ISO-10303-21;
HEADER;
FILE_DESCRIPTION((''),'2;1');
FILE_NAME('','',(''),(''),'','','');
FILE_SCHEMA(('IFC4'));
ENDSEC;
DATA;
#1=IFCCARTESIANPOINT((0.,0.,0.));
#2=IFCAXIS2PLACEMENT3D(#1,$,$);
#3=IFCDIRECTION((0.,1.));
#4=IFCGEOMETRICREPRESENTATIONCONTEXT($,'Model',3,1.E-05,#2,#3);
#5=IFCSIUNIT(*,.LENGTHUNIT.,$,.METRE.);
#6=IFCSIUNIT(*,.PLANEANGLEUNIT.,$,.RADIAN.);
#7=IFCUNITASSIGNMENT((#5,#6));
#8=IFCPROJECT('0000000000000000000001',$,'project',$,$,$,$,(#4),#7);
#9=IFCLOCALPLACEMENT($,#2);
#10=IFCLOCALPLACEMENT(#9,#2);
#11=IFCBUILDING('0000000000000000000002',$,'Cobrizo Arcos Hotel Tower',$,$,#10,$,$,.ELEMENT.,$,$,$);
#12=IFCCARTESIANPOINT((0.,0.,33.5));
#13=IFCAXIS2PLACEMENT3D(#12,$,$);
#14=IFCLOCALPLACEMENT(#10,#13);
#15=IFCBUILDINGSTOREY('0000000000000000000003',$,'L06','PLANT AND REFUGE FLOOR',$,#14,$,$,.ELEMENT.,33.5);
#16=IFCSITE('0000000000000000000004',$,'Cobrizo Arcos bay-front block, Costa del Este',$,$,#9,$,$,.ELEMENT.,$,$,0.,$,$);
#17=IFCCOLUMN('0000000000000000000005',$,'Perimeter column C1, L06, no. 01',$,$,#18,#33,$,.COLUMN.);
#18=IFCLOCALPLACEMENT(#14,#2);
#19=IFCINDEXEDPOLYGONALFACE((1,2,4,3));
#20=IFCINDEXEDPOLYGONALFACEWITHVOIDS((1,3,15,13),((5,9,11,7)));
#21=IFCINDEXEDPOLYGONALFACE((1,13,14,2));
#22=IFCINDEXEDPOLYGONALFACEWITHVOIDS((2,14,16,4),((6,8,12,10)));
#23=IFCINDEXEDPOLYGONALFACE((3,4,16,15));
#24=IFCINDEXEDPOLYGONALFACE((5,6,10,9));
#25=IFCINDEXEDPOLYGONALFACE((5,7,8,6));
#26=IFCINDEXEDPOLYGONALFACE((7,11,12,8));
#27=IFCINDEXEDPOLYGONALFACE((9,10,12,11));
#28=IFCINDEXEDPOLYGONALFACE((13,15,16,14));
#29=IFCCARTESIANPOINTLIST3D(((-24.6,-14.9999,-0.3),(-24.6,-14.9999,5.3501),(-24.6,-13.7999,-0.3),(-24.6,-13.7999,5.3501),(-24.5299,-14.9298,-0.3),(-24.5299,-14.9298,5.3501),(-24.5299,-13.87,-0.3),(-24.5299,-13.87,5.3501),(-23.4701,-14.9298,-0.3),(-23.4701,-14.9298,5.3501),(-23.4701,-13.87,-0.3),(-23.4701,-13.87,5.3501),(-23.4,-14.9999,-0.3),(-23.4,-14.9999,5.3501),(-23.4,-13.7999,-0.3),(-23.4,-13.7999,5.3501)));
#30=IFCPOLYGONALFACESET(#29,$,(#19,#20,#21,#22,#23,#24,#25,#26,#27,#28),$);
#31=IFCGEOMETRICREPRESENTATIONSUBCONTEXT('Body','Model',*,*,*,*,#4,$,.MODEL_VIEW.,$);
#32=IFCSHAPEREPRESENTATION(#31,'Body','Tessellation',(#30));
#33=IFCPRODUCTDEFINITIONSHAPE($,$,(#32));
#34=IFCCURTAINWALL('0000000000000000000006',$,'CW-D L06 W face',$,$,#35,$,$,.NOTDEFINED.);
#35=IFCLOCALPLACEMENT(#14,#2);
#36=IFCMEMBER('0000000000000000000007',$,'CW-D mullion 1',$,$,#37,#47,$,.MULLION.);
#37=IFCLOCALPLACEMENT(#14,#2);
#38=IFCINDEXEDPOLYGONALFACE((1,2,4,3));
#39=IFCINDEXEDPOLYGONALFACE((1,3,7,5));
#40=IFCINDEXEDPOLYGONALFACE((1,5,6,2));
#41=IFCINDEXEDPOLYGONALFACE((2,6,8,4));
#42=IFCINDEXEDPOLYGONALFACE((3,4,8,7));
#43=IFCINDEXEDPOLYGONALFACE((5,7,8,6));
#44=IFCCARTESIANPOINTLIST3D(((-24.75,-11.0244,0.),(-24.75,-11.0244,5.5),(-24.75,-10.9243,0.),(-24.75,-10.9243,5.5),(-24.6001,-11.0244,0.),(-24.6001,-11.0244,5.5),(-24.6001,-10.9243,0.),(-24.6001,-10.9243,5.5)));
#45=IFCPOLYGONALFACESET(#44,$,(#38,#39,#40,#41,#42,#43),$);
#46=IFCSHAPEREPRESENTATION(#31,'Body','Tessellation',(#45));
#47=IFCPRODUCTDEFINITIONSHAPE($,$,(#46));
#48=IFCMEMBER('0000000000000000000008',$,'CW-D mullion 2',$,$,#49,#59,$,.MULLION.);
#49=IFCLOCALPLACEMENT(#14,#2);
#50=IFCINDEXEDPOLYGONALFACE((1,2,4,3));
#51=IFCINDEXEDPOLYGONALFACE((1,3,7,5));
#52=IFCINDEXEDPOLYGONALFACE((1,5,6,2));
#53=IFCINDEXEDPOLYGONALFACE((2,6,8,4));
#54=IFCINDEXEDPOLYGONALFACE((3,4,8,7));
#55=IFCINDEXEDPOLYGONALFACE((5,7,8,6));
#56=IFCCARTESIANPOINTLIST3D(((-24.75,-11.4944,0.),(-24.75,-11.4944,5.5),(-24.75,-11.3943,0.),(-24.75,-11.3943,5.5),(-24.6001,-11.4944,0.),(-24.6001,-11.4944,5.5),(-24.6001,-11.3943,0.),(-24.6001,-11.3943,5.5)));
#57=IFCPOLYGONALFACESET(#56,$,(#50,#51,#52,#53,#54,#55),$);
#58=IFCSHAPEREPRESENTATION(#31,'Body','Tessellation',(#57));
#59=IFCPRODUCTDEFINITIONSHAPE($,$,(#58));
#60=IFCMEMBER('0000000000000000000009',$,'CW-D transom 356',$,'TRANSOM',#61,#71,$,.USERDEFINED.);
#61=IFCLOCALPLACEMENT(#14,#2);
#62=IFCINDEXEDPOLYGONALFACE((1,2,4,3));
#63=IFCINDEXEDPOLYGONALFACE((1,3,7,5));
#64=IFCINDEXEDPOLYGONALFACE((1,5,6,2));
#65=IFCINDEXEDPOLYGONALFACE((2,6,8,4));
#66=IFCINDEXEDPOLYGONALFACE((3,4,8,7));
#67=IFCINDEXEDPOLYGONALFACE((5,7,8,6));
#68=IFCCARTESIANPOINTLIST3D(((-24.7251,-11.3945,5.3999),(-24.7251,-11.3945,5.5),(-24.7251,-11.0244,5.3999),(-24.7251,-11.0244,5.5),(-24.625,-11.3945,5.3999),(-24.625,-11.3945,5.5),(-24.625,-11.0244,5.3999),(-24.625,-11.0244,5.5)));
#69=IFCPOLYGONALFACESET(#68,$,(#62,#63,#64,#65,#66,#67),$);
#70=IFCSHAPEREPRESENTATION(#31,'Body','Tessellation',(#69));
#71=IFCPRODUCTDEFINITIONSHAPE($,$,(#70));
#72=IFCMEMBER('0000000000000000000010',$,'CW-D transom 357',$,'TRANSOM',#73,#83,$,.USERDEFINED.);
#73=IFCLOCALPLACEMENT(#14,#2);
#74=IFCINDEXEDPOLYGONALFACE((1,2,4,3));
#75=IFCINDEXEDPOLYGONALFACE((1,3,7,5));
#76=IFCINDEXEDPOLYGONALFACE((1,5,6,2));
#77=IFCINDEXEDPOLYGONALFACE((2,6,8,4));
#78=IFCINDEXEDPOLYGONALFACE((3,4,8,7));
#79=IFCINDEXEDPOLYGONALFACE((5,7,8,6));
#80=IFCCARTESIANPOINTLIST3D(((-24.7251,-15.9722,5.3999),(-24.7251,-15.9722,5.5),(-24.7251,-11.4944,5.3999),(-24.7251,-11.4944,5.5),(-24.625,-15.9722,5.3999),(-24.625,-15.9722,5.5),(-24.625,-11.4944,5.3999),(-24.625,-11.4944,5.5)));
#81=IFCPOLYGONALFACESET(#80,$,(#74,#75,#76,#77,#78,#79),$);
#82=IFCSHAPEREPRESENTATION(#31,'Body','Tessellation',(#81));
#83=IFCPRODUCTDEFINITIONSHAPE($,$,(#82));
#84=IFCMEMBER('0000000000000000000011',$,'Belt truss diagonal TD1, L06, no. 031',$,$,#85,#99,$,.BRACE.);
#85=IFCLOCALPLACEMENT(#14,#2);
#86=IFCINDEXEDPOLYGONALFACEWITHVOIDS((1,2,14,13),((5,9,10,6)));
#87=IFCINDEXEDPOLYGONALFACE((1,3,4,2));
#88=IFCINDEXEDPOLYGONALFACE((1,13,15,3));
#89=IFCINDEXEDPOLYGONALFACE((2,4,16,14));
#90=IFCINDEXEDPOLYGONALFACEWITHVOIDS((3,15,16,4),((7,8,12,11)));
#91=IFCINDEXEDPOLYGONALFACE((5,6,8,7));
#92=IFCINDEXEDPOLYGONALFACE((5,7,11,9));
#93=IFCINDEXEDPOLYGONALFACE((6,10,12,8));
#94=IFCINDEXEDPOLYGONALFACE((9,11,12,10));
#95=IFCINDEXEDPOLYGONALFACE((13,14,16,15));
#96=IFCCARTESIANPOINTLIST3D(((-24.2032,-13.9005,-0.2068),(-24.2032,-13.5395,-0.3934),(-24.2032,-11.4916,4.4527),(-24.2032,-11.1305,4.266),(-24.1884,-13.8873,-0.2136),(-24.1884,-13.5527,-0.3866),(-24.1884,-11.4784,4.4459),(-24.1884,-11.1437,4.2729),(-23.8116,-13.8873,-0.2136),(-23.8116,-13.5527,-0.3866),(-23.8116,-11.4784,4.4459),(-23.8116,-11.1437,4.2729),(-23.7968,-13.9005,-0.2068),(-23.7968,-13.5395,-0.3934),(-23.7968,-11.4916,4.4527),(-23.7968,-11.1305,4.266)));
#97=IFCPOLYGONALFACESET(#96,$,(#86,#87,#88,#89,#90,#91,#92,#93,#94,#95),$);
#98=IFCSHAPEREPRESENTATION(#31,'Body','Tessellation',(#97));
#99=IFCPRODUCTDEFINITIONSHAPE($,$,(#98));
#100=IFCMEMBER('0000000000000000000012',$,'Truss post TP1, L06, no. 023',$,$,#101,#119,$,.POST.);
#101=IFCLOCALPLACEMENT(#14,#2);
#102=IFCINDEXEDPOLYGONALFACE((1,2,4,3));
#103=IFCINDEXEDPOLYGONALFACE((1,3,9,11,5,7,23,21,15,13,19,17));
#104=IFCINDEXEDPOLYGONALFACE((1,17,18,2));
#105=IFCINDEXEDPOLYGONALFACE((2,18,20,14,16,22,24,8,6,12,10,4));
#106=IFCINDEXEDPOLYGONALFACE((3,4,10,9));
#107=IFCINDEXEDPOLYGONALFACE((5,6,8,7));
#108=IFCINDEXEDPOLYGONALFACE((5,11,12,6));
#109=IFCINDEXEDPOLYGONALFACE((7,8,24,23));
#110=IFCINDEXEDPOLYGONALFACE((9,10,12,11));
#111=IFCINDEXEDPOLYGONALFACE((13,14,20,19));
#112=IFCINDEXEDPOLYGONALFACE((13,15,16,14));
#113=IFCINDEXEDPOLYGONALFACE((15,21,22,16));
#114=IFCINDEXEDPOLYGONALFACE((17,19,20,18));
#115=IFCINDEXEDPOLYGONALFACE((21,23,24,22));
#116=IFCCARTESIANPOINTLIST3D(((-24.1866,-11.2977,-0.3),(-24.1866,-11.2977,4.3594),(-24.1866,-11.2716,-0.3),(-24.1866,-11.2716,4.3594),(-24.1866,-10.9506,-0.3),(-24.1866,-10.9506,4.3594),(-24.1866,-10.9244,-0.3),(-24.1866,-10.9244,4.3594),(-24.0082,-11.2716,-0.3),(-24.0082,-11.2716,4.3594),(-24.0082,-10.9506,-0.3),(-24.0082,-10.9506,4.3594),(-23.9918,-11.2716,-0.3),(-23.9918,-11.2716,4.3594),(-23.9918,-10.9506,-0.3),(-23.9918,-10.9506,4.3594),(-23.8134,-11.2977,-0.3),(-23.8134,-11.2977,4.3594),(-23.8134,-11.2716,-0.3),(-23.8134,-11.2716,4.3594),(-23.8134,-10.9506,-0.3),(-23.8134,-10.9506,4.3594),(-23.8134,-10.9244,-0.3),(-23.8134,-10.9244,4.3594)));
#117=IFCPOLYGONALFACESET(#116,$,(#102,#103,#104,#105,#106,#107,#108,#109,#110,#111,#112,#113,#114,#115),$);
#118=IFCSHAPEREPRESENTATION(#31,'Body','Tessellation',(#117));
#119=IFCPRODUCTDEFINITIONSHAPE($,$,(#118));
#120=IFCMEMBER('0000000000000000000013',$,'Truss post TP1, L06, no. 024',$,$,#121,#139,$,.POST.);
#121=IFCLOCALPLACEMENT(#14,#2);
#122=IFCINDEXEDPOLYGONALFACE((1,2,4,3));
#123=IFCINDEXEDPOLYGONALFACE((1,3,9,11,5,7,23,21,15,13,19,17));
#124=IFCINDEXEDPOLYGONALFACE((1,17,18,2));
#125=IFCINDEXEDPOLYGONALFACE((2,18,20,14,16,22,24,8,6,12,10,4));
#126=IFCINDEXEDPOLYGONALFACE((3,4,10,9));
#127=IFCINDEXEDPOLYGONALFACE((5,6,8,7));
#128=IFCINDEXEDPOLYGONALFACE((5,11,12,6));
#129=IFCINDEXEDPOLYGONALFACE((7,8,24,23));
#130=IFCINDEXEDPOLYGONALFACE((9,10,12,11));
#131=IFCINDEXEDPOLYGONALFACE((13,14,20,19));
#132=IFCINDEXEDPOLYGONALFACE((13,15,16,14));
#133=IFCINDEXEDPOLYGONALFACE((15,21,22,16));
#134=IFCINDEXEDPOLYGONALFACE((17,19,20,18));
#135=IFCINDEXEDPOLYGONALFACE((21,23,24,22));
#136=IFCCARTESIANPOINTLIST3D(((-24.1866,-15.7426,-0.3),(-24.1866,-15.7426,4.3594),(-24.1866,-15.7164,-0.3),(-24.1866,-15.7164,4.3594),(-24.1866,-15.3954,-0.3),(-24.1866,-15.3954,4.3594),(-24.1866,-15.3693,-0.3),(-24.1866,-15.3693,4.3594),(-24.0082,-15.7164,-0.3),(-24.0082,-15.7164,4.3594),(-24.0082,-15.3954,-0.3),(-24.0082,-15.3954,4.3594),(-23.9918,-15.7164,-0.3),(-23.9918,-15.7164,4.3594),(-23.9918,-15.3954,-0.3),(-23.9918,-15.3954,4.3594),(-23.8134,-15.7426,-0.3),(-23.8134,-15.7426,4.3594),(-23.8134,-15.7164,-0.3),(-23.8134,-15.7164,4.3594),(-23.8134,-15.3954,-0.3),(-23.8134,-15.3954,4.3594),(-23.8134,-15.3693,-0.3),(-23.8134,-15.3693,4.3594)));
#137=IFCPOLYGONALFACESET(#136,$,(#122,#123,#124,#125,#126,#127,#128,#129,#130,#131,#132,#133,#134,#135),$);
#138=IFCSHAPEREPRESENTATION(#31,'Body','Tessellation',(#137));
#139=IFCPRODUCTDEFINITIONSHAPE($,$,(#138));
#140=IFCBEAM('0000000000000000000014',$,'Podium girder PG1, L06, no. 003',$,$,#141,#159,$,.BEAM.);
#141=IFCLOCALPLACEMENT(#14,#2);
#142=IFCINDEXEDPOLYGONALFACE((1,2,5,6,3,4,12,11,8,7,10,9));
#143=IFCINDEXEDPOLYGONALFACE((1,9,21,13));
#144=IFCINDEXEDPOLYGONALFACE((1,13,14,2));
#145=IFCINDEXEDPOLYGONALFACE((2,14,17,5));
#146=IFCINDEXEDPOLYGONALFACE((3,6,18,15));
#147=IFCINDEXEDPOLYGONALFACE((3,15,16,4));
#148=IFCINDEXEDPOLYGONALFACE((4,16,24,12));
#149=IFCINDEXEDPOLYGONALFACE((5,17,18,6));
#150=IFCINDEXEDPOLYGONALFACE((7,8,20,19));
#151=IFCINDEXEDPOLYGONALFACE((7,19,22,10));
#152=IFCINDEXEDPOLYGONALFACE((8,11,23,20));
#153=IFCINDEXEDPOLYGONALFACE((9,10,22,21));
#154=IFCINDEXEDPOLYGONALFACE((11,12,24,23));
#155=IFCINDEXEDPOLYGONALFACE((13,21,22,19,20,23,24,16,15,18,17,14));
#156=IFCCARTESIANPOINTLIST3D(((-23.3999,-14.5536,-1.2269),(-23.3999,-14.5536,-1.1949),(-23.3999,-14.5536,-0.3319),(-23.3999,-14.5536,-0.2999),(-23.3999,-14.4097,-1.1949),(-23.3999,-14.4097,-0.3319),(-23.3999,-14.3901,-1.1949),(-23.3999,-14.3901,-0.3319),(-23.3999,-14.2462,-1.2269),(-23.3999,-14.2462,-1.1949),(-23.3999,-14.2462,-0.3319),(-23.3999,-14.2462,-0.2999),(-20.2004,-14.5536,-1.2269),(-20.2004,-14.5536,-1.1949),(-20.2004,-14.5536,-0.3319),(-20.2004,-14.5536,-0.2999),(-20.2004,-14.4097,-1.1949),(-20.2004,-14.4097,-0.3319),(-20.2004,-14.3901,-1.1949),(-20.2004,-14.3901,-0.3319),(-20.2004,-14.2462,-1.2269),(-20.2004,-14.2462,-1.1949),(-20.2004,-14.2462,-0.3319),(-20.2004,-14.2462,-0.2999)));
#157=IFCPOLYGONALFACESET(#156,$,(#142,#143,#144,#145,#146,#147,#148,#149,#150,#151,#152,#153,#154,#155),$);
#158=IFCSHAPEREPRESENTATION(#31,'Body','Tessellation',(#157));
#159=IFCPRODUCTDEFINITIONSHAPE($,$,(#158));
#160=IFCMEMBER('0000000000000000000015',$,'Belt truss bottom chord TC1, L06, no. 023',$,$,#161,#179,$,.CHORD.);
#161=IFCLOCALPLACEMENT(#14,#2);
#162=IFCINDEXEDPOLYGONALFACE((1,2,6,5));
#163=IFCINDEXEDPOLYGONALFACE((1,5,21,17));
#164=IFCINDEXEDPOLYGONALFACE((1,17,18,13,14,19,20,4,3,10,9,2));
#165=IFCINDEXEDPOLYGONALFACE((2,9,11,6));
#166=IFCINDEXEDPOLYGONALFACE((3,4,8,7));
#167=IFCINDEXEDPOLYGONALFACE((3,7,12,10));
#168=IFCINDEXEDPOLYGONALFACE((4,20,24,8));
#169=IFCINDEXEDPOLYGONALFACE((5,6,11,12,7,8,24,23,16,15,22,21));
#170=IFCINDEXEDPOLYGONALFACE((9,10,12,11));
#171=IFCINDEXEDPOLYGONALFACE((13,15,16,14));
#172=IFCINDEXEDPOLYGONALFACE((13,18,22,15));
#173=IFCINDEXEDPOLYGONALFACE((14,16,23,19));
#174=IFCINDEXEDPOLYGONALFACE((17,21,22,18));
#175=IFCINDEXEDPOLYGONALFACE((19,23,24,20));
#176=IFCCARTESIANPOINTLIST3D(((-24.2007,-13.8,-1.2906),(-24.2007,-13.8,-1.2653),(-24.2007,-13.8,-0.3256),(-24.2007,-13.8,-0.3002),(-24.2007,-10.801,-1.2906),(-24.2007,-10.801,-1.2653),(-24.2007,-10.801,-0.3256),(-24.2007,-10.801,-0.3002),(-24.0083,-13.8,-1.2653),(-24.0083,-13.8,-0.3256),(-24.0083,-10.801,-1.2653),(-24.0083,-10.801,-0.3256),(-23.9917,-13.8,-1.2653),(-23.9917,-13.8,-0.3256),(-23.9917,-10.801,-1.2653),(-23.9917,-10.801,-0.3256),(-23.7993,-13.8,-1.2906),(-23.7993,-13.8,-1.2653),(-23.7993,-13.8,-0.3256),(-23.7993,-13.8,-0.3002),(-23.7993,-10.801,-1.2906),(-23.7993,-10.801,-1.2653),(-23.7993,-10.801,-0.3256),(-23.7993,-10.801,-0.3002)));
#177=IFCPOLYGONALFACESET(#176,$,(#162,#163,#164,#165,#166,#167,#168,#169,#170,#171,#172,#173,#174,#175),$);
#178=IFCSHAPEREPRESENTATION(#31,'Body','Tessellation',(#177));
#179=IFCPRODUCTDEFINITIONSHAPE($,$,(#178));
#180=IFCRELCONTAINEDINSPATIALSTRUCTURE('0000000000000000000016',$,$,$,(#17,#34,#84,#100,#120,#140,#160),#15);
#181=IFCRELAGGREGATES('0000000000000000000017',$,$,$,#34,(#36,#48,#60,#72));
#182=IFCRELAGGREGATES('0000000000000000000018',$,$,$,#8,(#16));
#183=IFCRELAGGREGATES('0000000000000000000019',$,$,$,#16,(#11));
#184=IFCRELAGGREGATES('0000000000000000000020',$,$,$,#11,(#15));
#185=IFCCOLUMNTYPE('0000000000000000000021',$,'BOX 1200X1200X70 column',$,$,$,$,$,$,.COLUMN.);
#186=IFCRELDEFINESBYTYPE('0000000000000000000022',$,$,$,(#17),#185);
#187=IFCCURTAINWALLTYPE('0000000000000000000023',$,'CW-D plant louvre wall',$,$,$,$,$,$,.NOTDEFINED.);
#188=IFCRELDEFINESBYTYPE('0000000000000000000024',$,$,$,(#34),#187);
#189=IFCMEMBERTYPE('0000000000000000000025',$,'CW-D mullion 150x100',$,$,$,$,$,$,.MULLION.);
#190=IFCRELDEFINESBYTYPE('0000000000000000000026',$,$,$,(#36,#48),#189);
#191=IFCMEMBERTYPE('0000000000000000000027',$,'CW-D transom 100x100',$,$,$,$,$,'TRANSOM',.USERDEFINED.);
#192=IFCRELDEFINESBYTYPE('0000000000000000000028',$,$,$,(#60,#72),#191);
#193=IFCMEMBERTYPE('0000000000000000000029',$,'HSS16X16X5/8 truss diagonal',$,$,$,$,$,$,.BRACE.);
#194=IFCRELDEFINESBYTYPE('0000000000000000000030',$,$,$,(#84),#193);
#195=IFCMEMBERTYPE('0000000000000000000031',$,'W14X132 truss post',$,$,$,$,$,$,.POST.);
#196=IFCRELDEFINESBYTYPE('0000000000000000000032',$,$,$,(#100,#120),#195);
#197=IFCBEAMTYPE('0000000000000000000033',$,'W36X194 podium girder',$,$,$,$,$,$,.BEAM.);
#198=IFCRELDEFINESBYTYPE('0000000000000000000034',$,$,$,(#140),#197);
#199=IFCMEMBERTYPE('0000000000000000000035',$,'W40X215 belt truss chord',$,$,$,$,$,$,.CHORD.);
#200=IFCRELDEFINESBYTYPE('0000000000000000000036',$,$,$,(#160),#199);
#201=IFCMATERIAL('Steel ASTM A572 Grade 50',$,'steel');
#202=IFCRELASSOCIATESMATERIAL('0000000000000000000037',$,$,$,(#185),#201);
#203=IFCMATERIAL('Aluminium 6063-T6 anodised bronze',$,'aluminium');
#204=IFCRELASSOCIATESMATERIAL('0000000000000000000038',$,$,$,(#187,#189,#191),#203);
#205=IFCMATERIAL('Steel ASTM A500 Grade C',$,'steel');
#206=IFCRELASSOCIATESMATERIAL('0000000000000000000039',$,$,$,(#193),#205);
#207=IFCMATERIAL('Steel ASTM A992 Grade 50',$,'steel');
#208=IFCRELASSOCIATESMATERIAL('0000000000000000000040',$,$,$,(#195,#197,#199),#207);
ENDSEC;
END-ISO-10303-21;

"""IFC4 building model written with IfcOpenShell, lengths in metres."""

from ifc_helpers import new_model, si_unit, direction, frame, origin, origin_2d, place, context, subcontext, project, spatial, rectangle, hollow_rectangle, i_section, extrude, material, material_profile, profile_set, type_object, element, aggregate, save


model = new_model("IFC4")

# Units and contexts
model_context = context("Model", 3, precision=1e-05, world=origin(), true_north=direction((0.0, 1.0)))
body_context = subcontext(model_context, "Body", "Model", "MODEL_VIEW")
ifc_project = project(units=[si_unit("LENGTHUNIT", "METRE"), si_unit("PLANEANGLEUNIT", "RADIAN")], contexts=[model_context])

# Site, building, storey
site_placement = place(None, origin())
site = spatial("IfcSite", under=ifc_project, at=site_placement, Name="Cobrizo Arcos bay-front block, Costa del Este", CompositionType="ELEMENT", RefElevation=0.0)
building_placement = place(site_placement, origin())
building = spatial("IfcBuilding", under=site, at=building_placement, Name="Cobrizo Arcos Hotel Tower", CompositionType="ELEMENT")
storey_placement = place(building_placement, frame((0.0, 0.0, 33.5)))
storey = spatial("IfcBuildingStorey", under=building, at=storey_placement, Name="L06", Description="PLANT AND REFUGE FLOOR", CompositionType="ELEMENT", Elevation=33.5)

# Column
ifc_material_1 = material(Name="Steel ASTM A572 Grade 50", Category="steel")
ifc_material_profile_1 = material_profile(ifc_material_1, hollow_rectangle(XDim=1.2, YDim=1.2, WallThickness=0.0701, at=origin_2d()), Name="BOX 1200X1200X70")
ifc_profile_set_1 = profile_set([ifc_material_profile_1], Name="Steel ASTM A572 Grade 50")
column_type = type_object("IfcColumnType", Name="BOX 1200X1200X70 column", PredefinedType="COLUMN", material=ifc_profile_set_1)
column_placement = place(storey_placement, frame((-24.0, -14.3999, -0.3), z_axis=(0.0, 0.0, 1.0), x_axis=(1.0, 0.0, 0.0)))
element("IfcColumn", 1, at=column_placement, inside=storey, type_object=column_type, Name="Perimeter column C1, L06, no. 01", PredefinedType="COLUMN", context=body_context, shape_type="SweptSolid", body=[
    extrude(hollow_rectangle(XDim=1.2, YDim=1.2, WallThickness=0.0701, at=origin_2d()), origin(), (0.0, 0.0, 1.0), 5.6501),
])

# Curtain wall, members
ifc_material_2 = material(Name="Aluminium 6063-T6 anodised bronze", Category="aluminium")
curtain_wall_type = type_object("IfcCurtainWallType", Name="CW-D plant louvre wall", PredefinedType="NOTDEFINED", material=ifc_material_2)
curtain_wall_placement = place(storey_placement, origin())
curtain_wall = element("IfcCurtainWall", 2, at=curtain_wall_placement, inside=storey, type_object=curtain_wall_type, Name="CW-D L06 W face", PredefinedType="NOTDEFINED")
ifc_material_profile_2 = material_profile(ifc_material_2, rectangle(XDim=0.1499, YDim=0.1001, at=origin_2d()), Name="CW-D mullion 150x100")
ifc_profile_set_2 = profile_set([ifc_material_profile_2], Name="Aluminium 6063-T6 anodised bronze")
member_type_1 = type_object("IfcMemberType", Name="CW-D mullion 150x100", PredefinedType="MULLION", material=ifc_profile_set_2)
member_1_placement = place(storey_placement, frame((-24.675, -10.9744, 0.0), z_axis=(0.0, 0.0, 1.0), x_axis=(-1.0, 0.0, 0.0)))
member_1 = element("IfcMember", 3, at=member_1_placement, type_object=member_type_1, Name="CW-D mullion 1", PredefinedType="MULLION", context=body_context, shape_type="SweptSolid", body=[
    extrude(rectangle(XDim=0.1499, YDim=0.1001, at=origin_2d()), origin(), (0.0, 0.0, 1.0), 5.5),
])
member_2_placement = place(storey_placement, frame((-24.675, -11.4443, 0.0), z_axis=(0.0, 0.0, 1.0), x_axis=(-1.0, 0.0, 0.0)))
member_2 = element("IfcMember", 4, at=member_2_placement, type_object=member_type_1, Name="CW-D mullion 2", PredefinedType="MULLION", context=body_context, shape_type="SweptSolid", body=[
    extrude(rectangle(XDim=0.1499, YDim=0.1001, at=origin_2d()), origin(), (0.0, 0.0, 1.0), 5.5),
])
ifc_material_profile_3 = material_profile(ifc_material_2, rectangle(XDim=0.1001, YDim=0.1001, at=origin_2d()), Name="CW-D transom 100x100")
ifc_profile_set_3 = profile_set([ifc_material_profile_3], Name="Aluminium 6063-T6 anodised bronze")
member_type_2 = type_object("IfcMemberType", Name="CW-D transom 100x100", ElementType="TRANSOM", PredefinedType="USERDEFINED", material=ifc_profile_set_3)
member_3_placement = place(storey_placement, frame((-24.675, -11.0244, 5.45), z_axis=(0.0, -1.0, 0.0), x_axis=(1.0, 0.0, 0.0)))
member_3 = element("IfcMember", 5, at=member_3_placement, type_object=member_type_2, Name="CW-D transom 356", ObjectType="TRANSOM", PredefinedType="USERDEFINED", context=body_context, shape_type="SweptSolid", body=[
    extrude(rectangle(XDim=0.1001, YDim=0.1001, at=origin_2d()), origin(), (0.0, 0.0, 1.0), 0.3701),
])
member_4_placement = place(storey_placement, frame((-24.675, -11.4944, 5.45), z_axis=(0.0, -1.0, 0.0), x_axis=(1.0, 0.0, 0.0)))
member_4 = element("IfcMember", 6, at=member_4_placement, type_object=member_type_2, Name="CW-D transom 357", ObjectType="TRANSOM", PredefinedType="USERDEFINED", context=body_context, shape_type="SweptSolid", body=[
    extrude(rectangle(XDim=0.1001, YDim=0.1001, at=origin_2d()), origin(), (0.0, 0.0, 1.0), 4.4778),
])

# Members
ifc_material_3 = material(Name="Steel ASTM A500 Grade C", Category="steel")
ifc_material_profile_4 = material_profile(ifc_material_3, hollow_rectangle(XDim=0.4065, YDim=0.4065, WallThickness=0.0149, at=origin_2d()), Name="HSS16X16X5/8")
ifc_profile_set_4 = profile_set([ifc_material_profile_4], Name="Steel ASTM A500 Grade C")
member_type_3 = type_object("IfcMemberType", Name="HSS16X16X5/8 truss diagonal", PredefinedType="BRACE", material=ifc_profile_set_4)
member_5_placement = place(storey_placement, frame((-24.0, -11.311, 4.3594), z_axis=(0.0, -0.459256, -0.888304), x_axis=(1.0, 0.0, 0.0)))
element("IfcMember", 7, at=member_5_placement, inside=storey, type_object=member_type_3, Name="Belt truss diagonal TD1, L06, no. 031", PredefinedType="BRACE", context=body_context, shape_type="SweptSolid", body=[
    extrude(hollow_rectangle(XDim=0.4065, YDim=0.4065, WallThickness=0.0149, at=origin_2d()), origin(), (0.0, 0.0, 1.0), 5.2454),
])
ifc_material_4 = material(Name="Steel ASTM A992 Grade 50", Category="steel")
ifc_material_profile_5 = material_profile(ifc_material_4, i_section(OverallWidth=0.3733, OverallDepth=0.3733, WebThickness=0.0164, FlangeThickness=0.0261, at=origin_2d()), Name="W14X132")
ifc_profile_set_5 = profile_set([ifc_material_profile_5], Name="Steel ASTM A992 Grade 50")
member_type_4 = type_object("IfcMemberType", Name="W14X132 truss post", PredefinedType="POST", material=ifc_profile_set_5)
for number, where, z_axis, x_axis, name in (
    (8, (-24.0, -11.1111, -0.3), (0.0, 0.0, 1.0), (1.0, 0.0, 0.0), "Truss post TP1, L06, no. 023"),
    (9, (-24.0, -15.5559, -0.3), (0.0, 0.0, 1.0), (1.0, 0.0, 0.0), "Truss post TP1, L06, no. 024"),
):
    element("IfcMember", number, at=place(storey_placement, frame(where, z_axis=z_axis, x_axis=x_axis)), inside=storey, type_object=member_type_4, Name=name, PredefinedType="POST", context=body_context, shape_type="SweptSolid", body=[
        extrude(i_section(OverallWidth=0.3733, OverallDepth=0.3733, WebThickness=0.0164, FlangeThickness=0.0261, at=origin_2d()), origin(), (0.0, 0.0, 1.0), 4.6594),
    ])

# Beam
ifc_material_profile_6 = material_profile(ifc_material_4, i_section(OverallWidth=0.3074, OverallDepth=0.927, WebThickness=0.0195, FlangeThickness=0.032, at=origin_2d()), Name="W36X194")
ifc_profile_set_6 = profile_set([ifc_material_profile_6], Name="Steel ASTM A992 Grade 50")
beam_type = type_object("IfcBeamType", Name="W36X194 podium girder", PredefinedType="BEAM", material=ifc_profile_set_6)
beam_placement = place(storey_placement, frame((-23.3999, -14.3999, -0.7634), z_axis=(1.0, 0.0, 0.0), x_axis=(0.0, 1.0, 0.0)))
element("IfcBeam", 10, at=beam_placement, inside=storey, type_object=beam_type, Name="Podium girder PG1, L06, no. 003", PredefinedType="BEAM", context=body_context, shape_type="SweptSolid", body=[
    extrude(i_section(OverallWidth=0.3074, OverallDepth=0.927, WebThickness=0.0195, FlangeThickness=0.032, at=origin_2d()), origin(), (0.0, 0.0, 1.0), 3.1995),
])

# Member
ifc_material_profile_7 = material_profile(ifc_material_4, i_section(OverallWidth=0.4014, OverallDepth=0.9905, WebThickness=0.0166, FlangeThickness=0.0254, at=origin_2d()), Name="W40X215")
ifc_profile_set_7 = profile_set([ifc_material_profile_7], Name="Steel ASTM A992 Grade 50")
member_type_5 = type_object("IfcMemberType", Name="W40X215 belt truss chord", PredefinedType="CHORD", material=ifc_profile_set_7)
member_6_placement = place(storey_placement, frame((-24.0, -10.801, -0.7954), z_axis=(0.0, -1.0, 0.0), x_axis=(1.0, 0.0, 0.0)))
element("IfcMember", 11, at=member_6_placement, inside=storey, type_object=member_type_5, Name="Belt truss bottom chord TC1, L06, no. 023", PredefinedType="CHORD", context=body_context, shape_type="SweptSolid", body=[
    extrude(i_section(OverallWidth=0.4014, OverallDepth=0.9905, WebThickness=0.0166, FlangeThickness=0.0254, at=origin_2d()), origin(), (0.0, 0.0, 1.0), 2.999),
])

aggregate(curtain_wall, [member_1, member_2, member_3, member_4])

save(model, "model.ifc")
